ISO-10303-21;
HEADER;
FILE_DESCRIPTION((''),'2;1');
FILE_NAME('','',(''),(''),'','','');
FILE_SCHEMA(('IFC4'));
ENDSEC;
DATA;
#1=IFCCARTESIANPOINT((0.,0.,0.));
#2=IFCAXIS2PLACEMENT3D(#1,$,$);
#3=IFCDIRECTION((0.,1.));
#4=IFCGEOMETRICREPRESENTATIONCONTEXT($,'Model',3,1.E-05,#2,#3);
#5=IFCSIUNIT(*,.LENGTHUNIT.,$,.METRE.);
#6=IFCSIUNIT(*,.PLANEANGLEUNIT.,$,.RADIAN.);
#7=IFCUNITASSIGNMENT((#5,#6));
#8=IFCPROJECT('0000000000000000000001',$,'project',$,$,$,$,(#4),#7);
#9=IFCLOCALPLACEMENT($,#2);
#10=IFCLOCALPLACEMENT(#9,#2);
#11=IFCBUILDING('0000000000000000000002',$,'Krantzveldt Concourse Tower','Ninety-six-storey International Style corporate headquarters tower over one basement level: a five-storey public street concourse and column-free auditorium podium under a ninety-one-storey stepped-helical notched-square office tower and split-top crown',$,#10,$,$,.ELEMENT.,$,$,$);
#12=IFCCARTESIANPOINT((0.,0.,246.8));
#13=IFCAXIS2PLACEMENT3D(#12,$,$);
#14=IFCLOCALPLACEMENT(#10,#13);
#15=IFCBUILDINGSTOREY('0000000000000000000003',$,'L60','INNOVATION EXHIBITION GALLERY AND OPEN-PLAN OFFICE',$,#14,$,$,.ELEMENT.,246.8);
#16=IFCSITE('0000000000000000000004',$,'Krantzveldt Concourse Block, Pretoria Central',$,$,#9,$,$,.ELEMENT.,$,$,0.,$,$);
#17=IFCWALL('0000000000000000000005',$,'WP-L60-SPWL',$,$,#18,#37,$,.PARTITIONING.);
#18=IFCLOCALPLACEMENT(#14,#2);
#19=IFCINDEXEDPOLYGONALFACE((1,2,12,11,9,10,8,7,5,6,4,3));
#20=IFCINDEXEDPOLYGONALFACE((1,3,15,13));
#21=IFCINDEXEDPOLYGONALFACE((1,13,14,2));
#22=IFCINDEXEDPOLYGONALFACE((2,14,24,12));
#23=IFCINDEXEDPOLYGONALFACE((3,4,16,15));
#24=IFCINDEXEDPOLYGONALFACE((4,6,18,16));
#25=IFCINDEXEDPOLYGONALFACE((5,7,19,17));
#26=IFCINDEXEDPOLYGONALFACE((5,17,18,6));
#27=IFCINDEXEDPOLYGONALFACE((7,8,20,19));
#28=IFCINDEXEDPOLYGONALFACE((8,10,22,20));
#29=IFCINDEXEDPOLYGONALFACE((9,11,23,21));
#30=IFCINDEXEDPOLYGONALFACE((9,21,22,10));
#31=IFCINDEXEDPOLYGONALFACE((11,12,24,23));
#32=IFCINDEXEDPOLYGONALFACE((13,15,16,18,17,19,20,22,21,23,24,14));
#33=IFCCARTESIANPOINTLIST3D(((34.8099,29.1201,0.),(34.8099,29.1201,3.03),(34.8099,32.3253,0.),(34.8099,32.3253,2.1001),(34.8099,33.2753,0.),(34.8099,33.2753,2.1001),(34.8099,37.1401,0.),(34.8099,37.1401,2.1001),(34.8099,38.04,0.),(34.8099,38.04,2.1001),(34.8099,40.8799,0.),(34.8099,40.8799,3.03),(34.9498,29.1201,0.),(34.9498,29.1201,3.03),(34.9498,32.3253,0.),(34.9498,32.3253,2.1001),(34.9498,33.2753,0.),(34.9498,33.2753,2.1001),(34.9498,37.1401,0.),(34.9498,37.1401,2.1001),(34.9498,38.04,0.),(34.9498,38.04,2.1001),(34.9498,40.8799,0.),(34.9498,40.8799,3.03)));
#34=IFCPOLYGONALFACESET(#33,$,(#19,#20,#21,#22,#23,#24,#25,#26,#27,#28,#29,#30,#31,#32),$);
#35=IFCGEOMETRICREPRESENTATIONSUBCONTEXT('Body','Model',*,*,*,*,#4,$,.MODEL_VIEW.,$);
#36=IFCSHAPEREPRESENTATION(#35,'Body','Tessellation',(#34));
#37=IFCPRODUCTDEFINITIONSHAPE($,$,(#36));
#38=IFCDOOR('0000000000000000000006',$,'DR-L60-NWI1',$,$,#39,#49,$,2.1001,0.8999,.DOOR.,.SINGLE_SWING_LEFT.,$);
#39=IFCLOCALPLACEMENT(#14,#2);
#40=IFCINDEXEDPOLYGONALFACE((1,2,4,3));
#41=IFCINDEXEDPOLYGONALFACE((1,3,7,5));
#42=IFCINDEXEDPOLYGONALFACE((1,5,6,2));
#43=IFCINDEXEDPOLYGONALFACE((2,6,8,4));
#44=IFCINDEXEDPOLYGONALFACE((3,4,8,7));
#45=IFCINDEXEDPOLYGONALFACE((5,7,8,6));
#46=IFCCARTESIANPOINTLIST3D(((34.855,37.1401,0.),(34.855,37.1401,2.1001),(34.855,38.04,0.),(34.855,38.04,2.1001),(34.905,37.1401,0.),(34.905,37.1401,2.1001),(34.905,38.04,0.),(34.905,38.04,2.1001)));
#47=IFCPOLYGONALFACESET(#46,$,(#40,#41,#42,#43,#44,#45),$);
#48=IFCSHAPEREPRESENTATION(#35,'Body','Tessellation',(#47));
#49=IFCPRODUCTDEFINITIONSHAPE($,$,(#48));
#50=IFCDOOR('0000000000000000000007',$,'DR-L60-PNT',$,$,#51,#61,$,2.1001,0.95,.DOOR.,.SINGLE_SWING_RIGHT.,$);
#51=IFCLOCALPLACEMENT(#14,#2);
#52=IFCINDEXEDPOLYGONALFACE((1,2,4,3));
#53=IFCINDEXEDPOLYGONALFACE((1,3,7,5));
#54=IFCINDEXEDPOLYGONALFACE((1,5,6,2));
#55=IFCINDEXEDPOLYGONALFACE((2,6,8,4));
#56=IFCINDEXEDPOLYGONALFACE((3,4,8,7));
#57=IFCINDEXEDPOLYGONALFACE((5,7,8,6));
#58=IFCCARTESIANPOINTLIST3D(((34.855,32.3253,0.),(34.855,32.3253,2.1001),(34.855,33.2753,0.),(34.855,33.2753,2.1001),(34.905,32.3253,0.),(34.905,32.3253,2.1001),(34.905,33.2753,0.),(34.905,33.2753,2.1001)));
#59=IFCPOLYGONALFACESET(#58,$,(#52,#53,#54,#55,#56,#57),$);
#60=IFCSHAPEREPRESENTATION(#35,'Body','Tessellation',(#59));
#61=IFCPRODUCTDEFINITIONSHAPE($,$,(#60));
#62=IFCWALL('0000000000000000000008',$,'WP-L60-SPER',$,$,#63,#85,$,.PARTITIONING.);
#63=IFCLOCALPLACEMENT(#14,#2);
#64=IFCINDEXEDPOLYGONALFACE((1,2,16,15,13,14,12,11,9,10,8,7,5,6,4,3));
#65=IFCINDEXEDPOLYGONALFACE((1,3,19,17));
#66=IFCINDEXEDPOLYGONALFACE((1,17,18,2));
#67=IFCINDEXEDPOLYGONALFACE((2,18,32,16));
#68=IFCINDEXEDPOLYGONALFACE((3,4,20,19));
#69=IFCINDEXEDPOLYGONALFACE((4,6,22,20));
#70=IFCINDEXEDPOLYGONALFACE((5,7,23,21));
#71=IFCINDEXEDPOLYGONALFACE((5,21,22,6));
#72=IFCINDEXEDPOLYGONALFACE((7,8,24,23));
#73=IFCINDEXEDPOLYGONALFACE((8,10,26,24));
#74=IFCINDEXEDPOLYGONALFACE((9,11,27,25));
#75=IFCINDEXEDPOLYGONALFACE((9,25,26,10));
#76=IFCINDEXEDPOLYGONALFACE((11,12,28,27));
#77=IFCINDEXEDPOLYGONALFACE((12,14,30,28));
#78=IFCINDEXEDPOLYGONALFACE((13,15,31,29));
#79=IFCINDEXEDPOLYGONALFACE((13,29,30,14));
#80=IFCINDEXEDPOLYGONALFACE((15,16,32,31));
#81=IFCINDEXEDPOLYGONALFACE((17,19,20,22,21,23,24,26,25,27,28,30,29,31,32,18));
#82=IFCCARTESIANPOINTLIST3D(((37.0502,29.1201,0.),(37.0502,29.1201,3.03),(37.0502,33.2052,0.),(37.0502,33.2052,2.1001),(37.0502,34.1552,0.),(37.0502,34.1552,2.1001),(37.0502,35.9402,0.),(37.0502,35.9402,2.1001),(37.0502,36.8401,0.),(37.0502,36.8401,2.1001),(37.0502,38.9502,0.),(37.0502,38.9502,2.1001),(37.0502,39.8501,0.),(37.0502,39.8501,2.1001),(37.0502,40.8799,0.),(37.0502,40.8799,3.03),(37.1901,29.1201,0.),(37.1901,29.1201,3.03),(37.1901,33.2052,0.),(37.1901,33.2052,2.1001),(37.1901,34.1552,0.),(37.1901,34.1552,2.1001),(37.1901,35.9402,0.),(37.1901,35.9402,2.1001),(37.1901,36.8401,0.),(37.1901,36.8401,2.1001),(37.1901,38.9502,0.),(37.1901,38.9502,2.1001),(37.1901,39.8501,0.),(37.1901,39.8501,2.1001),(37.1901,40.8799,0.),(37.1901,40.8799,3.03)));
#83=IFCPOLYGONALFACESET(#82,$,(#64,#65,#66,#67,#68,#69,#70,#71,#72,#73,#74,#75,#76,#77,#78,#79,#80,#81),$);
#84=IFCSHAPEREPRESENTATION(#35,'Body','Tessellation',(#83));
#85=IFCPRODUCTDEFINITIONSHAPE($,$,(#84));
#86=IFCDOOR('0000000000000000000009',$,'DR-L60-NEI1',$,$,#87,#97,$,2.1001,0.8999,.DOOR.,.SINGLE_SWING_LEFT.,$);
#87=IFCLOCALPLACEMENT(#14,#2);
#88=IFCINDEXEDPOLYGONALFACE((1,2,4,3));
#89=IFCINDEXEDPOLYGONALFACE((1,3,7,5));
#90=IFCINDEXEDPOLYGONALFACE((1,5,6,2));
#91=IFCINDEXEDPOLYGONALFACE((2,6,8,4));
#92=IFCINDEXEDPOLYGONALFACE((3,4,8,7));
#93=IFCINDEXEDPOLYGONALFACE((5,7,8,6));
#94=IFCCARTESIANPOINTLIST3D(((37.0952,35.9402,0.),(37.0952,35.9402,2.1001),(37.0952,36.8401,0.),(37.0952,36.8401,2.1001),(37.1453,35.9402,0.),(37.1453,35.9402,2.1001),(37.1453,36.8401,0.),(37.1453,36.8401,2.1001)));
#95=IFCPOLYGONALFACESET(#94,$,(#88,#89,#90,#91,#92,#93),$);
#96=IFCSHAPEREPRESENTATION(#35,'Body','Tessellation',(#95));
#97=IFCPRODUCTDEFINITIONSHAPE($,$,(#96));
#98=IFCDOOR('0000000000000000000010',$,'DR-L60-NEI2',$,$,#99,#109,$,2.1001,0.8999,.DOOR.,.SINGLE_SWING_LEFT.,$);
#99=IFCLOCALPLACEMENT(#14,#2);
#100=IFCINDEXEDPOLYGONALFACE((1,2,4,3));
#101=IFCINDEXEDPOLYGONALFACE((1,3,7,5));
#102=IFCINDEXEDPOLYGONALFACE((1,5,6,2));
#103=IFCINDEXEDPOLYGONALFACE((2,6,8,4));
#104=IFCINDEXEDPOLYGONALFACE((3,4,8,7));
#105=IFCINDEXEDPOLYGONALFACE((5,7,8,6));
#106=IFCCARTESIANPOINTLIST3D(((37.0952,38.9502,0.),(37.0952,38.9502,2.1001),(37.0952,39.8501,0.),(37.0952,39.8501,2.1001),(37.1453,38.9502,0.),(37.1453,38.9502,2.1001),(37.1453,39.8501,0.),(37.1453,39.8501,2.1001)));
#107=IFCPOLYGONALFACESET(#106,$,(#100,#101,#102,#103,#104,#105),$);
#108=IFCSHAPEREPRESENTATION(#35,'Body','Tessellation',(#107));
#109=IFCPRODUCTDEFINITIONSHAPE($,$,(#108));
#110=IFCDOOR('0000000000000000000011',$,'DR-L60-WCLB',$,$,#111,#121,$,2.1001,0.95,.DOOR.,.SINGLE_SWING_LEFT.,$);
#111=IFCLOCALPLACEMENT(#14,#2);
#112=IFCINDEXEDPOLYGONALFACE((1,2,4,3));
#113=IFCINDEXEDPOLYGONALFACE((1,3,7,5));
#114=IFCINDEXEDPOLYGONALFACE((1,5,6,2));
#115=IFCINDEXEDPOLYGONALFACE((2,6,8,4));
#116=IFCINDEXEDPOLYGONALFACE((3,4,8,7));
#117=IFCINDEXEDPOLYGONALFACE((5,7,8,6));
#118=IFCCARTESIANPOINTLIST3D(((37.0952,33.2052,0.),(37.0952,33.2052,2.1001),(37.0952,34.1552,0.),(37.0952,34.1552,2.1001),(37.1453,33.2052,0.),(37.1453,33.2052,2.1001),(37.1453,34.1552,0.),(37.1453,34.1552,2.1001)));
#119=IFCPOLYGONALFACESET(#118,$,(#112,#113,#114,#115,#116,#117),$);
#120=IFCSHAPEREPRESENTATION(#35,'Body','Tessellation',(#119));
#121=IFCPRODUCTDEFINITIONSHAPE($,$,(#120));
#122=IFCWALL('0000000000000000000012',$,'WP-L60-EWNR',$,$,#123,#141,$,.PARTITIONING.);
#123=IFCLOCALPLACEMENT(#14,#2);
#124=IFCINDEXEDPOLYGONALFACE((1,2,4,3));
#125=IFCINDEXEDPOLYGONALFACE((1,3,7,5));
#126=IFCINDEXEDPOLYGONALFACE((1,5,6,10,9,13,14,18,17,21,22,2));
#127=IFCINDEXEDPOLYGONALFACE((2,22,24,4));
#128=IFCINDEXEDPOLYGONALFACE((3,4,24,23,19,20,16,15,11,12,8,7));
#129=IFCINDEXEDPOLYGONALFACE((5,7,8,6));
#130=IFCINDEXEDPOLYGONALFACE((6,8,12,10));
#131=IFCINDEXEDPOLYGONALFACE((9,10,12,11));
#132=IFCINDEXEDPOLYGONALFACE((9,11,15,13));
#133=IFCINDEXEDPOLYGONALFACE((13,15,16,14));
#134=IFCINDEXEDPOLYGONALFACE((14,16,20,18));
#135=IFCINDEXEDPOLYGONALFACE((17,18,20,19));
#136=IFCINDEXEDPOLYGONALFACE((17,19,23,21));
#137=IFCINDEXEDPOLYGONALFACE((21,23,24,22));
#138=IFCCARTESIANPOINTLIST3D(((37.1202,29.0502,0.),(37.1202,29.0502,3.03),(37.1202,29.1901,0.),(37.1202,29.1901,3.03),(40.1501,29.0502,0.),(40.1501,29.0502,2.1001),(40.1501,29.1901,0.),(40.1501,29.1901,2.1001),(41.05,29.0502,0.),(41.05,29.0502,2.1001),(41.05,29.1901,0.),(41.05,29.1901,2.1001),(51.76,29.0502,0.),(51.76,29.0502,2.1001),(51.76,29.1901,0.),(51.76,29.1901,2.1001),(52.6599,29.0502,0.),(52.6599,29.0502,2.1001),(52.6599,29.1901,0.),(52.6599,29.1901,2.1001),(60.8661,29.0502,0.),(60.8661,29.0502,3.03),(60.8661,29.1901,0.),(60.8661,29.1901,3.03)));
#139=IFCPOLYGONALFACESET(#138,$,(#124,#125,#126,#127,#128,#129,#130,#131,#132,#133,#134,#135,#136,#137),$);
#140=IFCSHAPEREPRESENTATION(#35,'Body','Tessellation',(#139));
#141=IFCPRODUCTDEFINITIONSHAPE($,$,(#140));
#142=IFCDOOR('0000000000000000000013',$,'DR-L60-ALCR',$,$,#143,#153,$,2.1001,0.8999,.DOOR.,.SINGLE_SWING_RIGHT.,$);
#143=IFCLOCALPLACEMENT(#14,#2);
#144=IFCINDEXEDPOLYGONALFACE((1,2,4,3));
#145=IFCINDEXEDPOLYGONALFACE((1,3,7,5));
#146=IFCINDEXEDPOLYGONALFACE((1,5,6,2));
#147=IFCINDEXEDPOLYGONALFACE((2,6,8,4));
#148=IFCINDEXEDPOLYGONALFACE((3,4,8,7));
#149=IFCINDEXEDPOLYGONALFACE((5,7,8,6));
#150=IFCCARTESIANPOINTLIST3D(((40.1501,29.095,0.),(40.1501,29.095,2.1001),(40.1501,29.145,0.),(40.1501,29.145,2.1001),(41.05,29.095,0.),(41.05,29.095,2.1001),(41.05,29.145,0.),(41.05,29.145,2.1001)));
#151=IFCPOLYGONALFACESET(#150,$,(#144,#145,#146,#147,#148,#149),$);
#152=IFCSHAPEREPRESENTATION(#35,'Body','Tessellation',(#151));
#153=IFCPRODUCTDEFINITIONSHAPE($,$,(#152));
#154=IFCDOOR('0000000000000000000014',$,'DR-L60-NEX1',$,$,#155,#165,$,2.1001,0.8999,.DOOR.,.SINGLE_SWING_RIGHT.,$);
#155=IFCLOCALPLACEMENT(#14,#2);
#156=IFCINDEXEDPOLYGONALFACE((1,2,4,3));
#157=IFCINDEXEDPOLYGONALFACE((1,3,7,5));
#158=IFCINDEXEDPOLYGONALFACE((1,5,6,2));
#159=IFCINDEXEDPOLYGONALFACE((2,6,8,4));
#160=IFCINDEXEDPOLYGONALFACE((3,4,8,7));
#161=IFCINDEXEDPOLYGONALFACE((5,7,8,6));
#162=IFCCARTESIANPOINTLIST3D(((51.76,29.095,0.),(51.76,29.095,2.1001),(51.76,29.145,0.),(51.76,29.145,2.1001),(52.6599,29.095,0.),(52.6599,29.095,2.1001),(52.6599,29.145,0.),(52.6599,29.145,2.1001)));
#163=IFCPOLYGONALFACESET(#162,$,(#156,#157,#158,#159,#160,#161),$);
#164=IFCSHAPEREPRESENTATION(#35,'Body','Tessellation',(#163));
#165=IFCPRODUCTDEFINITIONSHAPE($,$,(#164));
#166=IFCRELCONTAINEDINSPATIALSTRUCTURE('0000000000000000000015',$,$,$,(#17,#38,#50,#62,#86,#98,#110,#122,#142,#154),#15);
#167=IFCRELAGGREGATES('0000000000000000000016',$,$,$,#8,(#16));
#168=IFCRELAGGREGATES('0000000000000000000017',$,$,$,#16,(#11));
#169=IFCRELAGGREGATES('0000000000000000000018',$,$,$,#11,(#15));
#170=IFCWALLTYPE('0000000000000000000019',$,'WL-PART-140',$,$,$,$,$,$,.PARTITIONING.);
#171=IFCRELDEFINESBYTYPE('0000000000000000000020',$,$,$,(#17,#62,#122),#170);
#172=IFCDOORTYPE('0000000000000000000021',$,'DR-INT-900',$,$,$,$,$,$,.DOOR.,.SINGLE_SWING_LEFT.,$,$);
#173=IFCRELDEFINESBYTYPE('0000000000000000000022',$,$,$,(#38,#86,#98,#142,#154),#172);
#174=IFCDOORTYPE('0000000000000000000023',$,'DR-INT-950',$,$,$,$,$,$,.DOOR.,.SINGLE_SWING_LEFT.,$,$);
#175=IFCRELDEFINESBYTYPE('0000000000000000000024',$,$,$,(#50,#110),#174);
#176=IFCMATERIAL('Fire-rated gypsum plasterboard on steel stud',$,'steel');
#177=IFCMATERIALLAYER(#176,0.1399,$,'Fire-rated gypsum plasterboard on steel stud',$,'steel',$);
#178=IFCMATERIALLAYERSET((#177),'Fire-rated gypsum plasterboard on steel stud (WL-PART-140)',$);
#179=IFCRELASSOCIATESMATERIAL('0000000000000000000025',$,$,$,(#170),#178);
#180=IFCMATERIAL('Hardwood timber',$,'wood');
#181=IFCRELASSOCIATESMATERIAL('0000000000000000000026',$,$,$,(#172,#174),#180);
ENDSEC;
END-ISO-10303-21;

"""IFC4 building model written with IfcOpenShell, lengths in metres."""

from ifc_helpers import new_model, si_unit, direction, frame, frame_2d, origin, place, context, subcontext, project, spatial, rectangle, extrude, material, layer, layer_set, type_object, element, fill, save


model = new_model("IFC4")

# Units and contexts
model_context = context("Model", 3, precision=1e-05, world=origin(), true_north=direction((0.0, 1.0)))
body_context = subcontext(model_context, "Body", "Model", "MODEL_VIEW")
ifc_project = project(units=[si_unit("LENGTHUNIT", "METRE"), si_unit("PLANEANGLEUNIT", "RADIAN")], contexts=[model_context])

# Site, building, storey
site_placement = place(None, origin())
site = spatial("IfcSite", under=ifc_project, at=site_placement, Name="Krantzveldt Concourse Block, Pretoria Central", CompositionType="ELEMENT", RefElevation=0.0)
building_placement = place(site_placement, origin())
building = spatial("IfcBuilding", under=site, at=building_placement, Name="Krantzveldt Concourse Tower", Description="Ninety-six-storey International Style corporate headquarters tower over one basement level: a five-storey public street concourse and column-free auditorium podium under a ninety-one-storey stepped-helical notched-square office tower and split-top crown", CompositionType="ELEMENT")
storey_placement = place(building_placement, frame((0.0, 0.0, 246.8)))
storey = spatial("IfcBuildingStorey", under=building, at=storey_placement, Name="L60", Description="INNOVATION EXHIBITION GALLERY AND OPEN-PLAN OFFICE", CompositionType="ELEMENT", Elevation=246.8)

# Shared definitions
ifc_material_1 = material(Name="Fire-rated gypsum plasterboard on steel stud", Category="steel")

# Walls, openings, doors
ifc_layer_1 = layer(ifc_material_1, 0.1399, Name="Fire-rated gypsum plasterboard on steel stud", Category="steel")
ifc_layer_set_1 = layer_set([ifc_layer_1], Name="Fire-rated gypsum plasterboard on steel stud (WL-PART-140)")
wall_type_1 = type_object("IfcWallType", Name="WL-PART-140", PredefinedType="PARTITIONING", material=ifc_layer_set_1)
wall_1_placement = place(storey_placement, frame((34.8799, 29.1201, 0.0), z_axis=(0.0, 0.0, 1.0), x_axis=(0.0, 1.0, 0.0)))
wall_1 = element("IfcWall", 1, at=wall_1_placement, inside=storey, type_object=wall_type_1, Name="WP-L60-SPWL", PredefinedType="PARTITIONING", context=body_context, shape_type="SweptSolid", body=[
    extrude(rectangle(XDim=11.7598, YDim=0.1399, at=frame_2d((5.8799, 0.0))), origin(), (0.0, 0.0, 1.0), 3.03),
])
opening_1_placement = place(wall_1_placement, frame((3.2051, 0.0, 0.0)))
opening_1 = element("IfcOpeningElement", 2, at=opening_1_placement, cuts=wall_1, PredefinedType="OPENING", context=body_context, shape_type="SweptSolid", body=[
    extrude(rectangle(XDim=0.95, YDim=2.1001, at=frame_2d((0.4751, 1.05))), frame((0.0, 0.0801, 0.0), z_axis=(0.0, -1.0, 0.0), x_axis=(1.0, 0.0, 0.0)), (0.0, 0.0, 1.0), 0.1599),
])
opening_2_placement = place(wall_1_placement, frame((8.02, 0.0, 0.0)))
opening_2 = element("IfcOpeningElement", 3, at=opening_2_placement, cuts=wall_1, PredefinedType="OPENING", context=body_context, shape_type="SweptSolid", body=[
    extrude(rectangle(XDim=0.8999, YDim=2.1001, at=frame_2d((0.45, 1.05))), frame((0.0, 0.0801, 0.0), z_axis=(0.0, -1.0, 0.0), x_axis=(1.0, 0.0, 0.0)), (0.0, 0.0, 1.0), 0.1599),
])
ifc_material_2 = material(Name="Hardwood timber", Category="wood")
door_type_1 = type_object("IfcDoorType", Name="DR-INT-900", OperationType="SINGLE_SWING_LEFT", PredefinedType="DOOR", material=ifc_material_2)
door_1_placement = place(opening_2_placement, origin())
door_1 = element("IfcDoor", 4, at=door_1_placement, inside=storey, type_object=door_type_1, Name="DR-L60-NWI1", OperationType="SINGLE_SWING_LEFT", OverallHeight=2.1001, OverallWidth=0.8999, PredefinedType="DOOR", context=body_context, shape_type="SweptSolid", body=[
    extrude(rectangle(XDim=0.8999, YDim=2.1001, at=frame_2d((0.45, 1.05))), frame((0.0, 0.0249, 0.0), z_axis=(0.0, -1.0, 0.0), x_axis=(1.0, 0.0, 0.0)), (0.0, 0.0, 1.0), 0.05),
])
fill(opening_2, door_1)
door_type_2 = type_object("IfcDoorType", Name="DR-INT-950", OperationType="SINGLE_SWING_LEFT", PredefinedType="DOOR", material=ifc_material_2)
door_2_placement = place(opening_1_placement, origin())
door_2 = element("IfcDoor", 5, at=door_2_placement, inside=storey, type_object=door_type_2, Name="DR-L60-PNT", OperationType="SINGLE_SWING_RIGHT", OverallHeight=2.1001, OverallWidth=0.95, PredefinedType="DOOR", context=body_context, shape_type="SweptSolid", body=[
    extrude(rectangle(XDim=0.95, YDim=2.1001, at=frame_2d((0.4751, 1.05))), frame((0.0, 0.0249, 0.0), z_axis=(0.0, -1.0, 0.0), x_axis=(1.0, 0.0, 0.0)), (0.0, 0.0, 1.0), 0.05),
])
fill(opening_1, door_2)
wall_2_placement = place(storey_placement, frame((37.1201, 29.1201, 0.0), z_axis=(0.0, 0.0, 1.0), x_axis=(0.0, 1.0, 0.0)))
wall_2 = element("IfcWall", 6, at=wall_2_placement, inside=storey, type_object=wall_type_1, Name="WP-L60-SPER", PredefinedType="PARTITIONING", context=body_context, shape_type="SweptSolid", body=[
    extrude(rectangle(XDim=11.7598, YDim=0.1399, at=frame_2d((5.8799, 0.0))), origin(), (0.0, 0.0, 1.0), 3.03),
])
opening_3_placement = place(wall_2_placement, frame((4.085, 0.0, 0.0)))
opening_3 = element("IfcOpeningElement", 7, at=opening_3_placement, cuts=wall_2, PredefinedType="OPENING", context=body_context, shape_type="SweptSolid", body=[
    extrude(rectangle(XDim=0.95, YDim=2.1001, at=frame_2d((0.4751, 1.05))), frame((0.0, 0.0801, 0.0), z_axis=(0.0, -1.0, 0.0), x_axis=(1.0, 0.0, 0.0)), (0.0, 0.0, 1.0), 0.1599),
])
opening_4_placement = place(wall_2_placement, frame((6.8201, 0.0, 0.0)))
opening_4 = element("IfcOpeningElement", 8, at=opening_4_placement, cuts=wall_2, PredefinedType="OPENING", context=body_context, shape_type="SweptSolid", body=[
    extrude(rectangle(XDim=0.8999, YDim=2.1001, at=frame_2d((0.45, 1.05))), frame((0.0, 0.0801, 0.0), z_axis=(0.0, -1.0, 0.0), x_axis=(1.0, 0.0, 0.0)), (0.0, 0.0, 1.0), 0.1599),
])
opening_5_placement = place(wall_2_placement, frame((9.8301, 0.0, 0.0)))
opening_5 = element("IfcOpeningElement", 9, at=opening_5_placement, cuts=wall_2, PredefinedType="OPENING", context=body_context, shape_type="SweptSolid", body=[
    extrude(rectangle(XDim=0.8999, YDim=2.1001, at=frame_2d((0.45, 1.05))), frame((0.0, 0.0801, 0.0), z_axis=(0.0, -1.0, 0.0), x_axis=(1.0, 0.0, 0.0)), (0.0, 0.0, 1.0), 0.1599),
])
door_3_placement = place(opening_4_placement, origin())
door_3 = element("IfcDoor", 10, at=door_3_placement, inside=storey, type_object=door_type_1, Name="DR-L60-NEI1", OperationType="SINGLE_SWING_LEFT", OverallHeight=2.1001, OverallWidth=0.8999, PredefinedType="DOOR", context=body_context, shape_type="SweptSolid", body=[
    extrude(rectangle(XDim=0.8999, YDim=2.1001, at=frame_2d((0.45, 1.05))), frame((0.0, 0.0249, 0.0), z_axis=(0.0, -1.0, 0.0), x_axis=(1.0, 0.0, 0.0)), (0.0, 0.0, 1.0), 0.05),
])
fill(opening_4, door_3)
door_4_placement = place(opening_5_placement, origin())
door_4 = element("IfcDoor", 11, at=door_4_placement, inside=storey, type_object=door_type_1, Name="DR-L60-NEI2", OperationType="SINGLE_SWING_LEFT", OverallHeight=2.1001, OverallWidth=0.8999, PredefinedType="DOOR", context=body_context, shape_type="SweptSolid", body=[
    extrude(rectangle(XDim=0.8999, YDim=2.1001, at=frame_2d((0.45, 1.05))), frame((0.0, 0.0249, 0.0), z_axis=(0.0, -1.0, 0.0), x_axis=(1.0, 0.0, 0.0)), (0.0, 0.0, 1.0), 0.05),
])
fill(opening_5, door_4)
door_5_placement = place(opening_3_placement, origin())
door_5 = element("IfcDoor", 12, at=door_5_placement, inside=storey, type_object=door_type_2, Name="DR-L60-WCLB", OperationType="SINGLE_SWING_LEFT", OverallHeight=2.1001, OverallWidth=0.95, PredefinedType="DOOR", context=body_context, shape_type="SweptSolid", body=[
    extrude(rectangle(XDim=0.95, YDim=2.1001, at=frame_2d((0.4751, 1.05))), frame((0.0, 0.0249, 0.0), z_axis=(0.0, -1.0, 0.0), x_axis=(1.0, 0.0, 0.0)), (0.0, 0.0, 1.0), 0.05),
])
fill(opening_3, door_5)
wall_3_placement = place(storey_placement, frame((37.1201, 29.1201, 0.0), z_axis=(0.0, 0.0, 1.0), x_axis=(1.0, 0.0, 0.0)))
wall_3 = element("IfcWall", 13, at=wall_3_placement, inside=storey, type_object=wall_type_1, Name="WP-L60-EWNR", PredefinedType="PARTITIONING", context=body_context, shape_type="SweptSolid", body=[
    extrude(rectangle(XDim=23.7458, YDim=0.1399, at=frame_2d((11.873, 0.0))), origin(), (0.0, 0.0, 1.0), 3.03),
])
opening_6_placement = place(wall_3_placement, frame((3.03, 0.0, 0.0)))
opening_6 = element("IfcOpeningElement", 14, at=opening_6_placement, cuts=wall_3, PredefinedType="OPENING", context=body_context, shape_type="SweptSolid", body=[
    extrude(rectangle(XDim=0.8999, YDim=2.1001, at=frame_2d((0.45, 1.05))), frame((0.0, 0.0801, 0.0), z_axis=(0.0, -1.0, 0.0), x_axis=(1.0, 0.0, 0.0)), (0.0, 0.0, 1.0), 0.1599),
])
opening_7_placement = place(wall_3_placement, frame((14.6399, 0.0, 0.0)))
opening_7 = element("IfcOpeningElement", 15, at=opening_7_placement, cuts=wall_3, PredefinedType="OPENING", context=body_context, shape_type="SweptSolid", body=[
    extrude(rectangle(XDim=0.8999, YDim=2.1001, at=frame_2d((0.45, 1.05))), frame((0.0, 0.0801, 0.0), z_axis=(0.0, -1.0, 0.0), x_axis=(1.0, 0.0, 0.0)), (0.0, 0.0, 1.0), 0.1599),
])
door_6_placement = place(opening_6_placement, origin())
door_6 = element("IfcDoor", 16, at=door_6_placement, inside=storey, type_object=door_type_1, Name="DR-L60-ALCR", OperationType="SINGLE_SWING_RIGHT", OverallHeight=2.1001, OverallWidth=0.8999, PredefinedType="DOOR", context=body_context, shape_type="SweptSolid", body=[
    extrude(rectangle(XDim=0.8999, YDim=2.1001, at=frame_2d((0.45, 1.05))), frame((0.0, 0.0249, 0.0), z_axis=(0.0, -1.0, 0.0), x_axis=(1.0, 0.0, 0.0)), (0.0, 0.0, 1.0), 0.05),
])
fill(opening_6, door_6)
door_7_placement = place(opening_7_placement, origin())
door_7 = element("IfcDoor", 17, at=door_7_placement, inside=storey, type_object=door_type_1, Name="DR-L60-NEX1", OperationType="SINGLE_SWING_RIGHT", OverallHeight=2.1001, OverallWidth=0.8999, PredefinedType="DOOR", context=body_context, shape_type="SweptSolid", body=[
    extrude(rectangle(XDim=0.8999, YDim=2.1001, at=frame_2d((0.45, 1.05))), frame((0.0, 0.0249, 0.0), z_axis=(0.0, -1.0, 0.0), x_axis=(1.0, 0.0, 0.0)), (0.0, 0.0, 1.0), 0.05),
])
fill(opening_7, door_7)

save(model, "model.ifc")
